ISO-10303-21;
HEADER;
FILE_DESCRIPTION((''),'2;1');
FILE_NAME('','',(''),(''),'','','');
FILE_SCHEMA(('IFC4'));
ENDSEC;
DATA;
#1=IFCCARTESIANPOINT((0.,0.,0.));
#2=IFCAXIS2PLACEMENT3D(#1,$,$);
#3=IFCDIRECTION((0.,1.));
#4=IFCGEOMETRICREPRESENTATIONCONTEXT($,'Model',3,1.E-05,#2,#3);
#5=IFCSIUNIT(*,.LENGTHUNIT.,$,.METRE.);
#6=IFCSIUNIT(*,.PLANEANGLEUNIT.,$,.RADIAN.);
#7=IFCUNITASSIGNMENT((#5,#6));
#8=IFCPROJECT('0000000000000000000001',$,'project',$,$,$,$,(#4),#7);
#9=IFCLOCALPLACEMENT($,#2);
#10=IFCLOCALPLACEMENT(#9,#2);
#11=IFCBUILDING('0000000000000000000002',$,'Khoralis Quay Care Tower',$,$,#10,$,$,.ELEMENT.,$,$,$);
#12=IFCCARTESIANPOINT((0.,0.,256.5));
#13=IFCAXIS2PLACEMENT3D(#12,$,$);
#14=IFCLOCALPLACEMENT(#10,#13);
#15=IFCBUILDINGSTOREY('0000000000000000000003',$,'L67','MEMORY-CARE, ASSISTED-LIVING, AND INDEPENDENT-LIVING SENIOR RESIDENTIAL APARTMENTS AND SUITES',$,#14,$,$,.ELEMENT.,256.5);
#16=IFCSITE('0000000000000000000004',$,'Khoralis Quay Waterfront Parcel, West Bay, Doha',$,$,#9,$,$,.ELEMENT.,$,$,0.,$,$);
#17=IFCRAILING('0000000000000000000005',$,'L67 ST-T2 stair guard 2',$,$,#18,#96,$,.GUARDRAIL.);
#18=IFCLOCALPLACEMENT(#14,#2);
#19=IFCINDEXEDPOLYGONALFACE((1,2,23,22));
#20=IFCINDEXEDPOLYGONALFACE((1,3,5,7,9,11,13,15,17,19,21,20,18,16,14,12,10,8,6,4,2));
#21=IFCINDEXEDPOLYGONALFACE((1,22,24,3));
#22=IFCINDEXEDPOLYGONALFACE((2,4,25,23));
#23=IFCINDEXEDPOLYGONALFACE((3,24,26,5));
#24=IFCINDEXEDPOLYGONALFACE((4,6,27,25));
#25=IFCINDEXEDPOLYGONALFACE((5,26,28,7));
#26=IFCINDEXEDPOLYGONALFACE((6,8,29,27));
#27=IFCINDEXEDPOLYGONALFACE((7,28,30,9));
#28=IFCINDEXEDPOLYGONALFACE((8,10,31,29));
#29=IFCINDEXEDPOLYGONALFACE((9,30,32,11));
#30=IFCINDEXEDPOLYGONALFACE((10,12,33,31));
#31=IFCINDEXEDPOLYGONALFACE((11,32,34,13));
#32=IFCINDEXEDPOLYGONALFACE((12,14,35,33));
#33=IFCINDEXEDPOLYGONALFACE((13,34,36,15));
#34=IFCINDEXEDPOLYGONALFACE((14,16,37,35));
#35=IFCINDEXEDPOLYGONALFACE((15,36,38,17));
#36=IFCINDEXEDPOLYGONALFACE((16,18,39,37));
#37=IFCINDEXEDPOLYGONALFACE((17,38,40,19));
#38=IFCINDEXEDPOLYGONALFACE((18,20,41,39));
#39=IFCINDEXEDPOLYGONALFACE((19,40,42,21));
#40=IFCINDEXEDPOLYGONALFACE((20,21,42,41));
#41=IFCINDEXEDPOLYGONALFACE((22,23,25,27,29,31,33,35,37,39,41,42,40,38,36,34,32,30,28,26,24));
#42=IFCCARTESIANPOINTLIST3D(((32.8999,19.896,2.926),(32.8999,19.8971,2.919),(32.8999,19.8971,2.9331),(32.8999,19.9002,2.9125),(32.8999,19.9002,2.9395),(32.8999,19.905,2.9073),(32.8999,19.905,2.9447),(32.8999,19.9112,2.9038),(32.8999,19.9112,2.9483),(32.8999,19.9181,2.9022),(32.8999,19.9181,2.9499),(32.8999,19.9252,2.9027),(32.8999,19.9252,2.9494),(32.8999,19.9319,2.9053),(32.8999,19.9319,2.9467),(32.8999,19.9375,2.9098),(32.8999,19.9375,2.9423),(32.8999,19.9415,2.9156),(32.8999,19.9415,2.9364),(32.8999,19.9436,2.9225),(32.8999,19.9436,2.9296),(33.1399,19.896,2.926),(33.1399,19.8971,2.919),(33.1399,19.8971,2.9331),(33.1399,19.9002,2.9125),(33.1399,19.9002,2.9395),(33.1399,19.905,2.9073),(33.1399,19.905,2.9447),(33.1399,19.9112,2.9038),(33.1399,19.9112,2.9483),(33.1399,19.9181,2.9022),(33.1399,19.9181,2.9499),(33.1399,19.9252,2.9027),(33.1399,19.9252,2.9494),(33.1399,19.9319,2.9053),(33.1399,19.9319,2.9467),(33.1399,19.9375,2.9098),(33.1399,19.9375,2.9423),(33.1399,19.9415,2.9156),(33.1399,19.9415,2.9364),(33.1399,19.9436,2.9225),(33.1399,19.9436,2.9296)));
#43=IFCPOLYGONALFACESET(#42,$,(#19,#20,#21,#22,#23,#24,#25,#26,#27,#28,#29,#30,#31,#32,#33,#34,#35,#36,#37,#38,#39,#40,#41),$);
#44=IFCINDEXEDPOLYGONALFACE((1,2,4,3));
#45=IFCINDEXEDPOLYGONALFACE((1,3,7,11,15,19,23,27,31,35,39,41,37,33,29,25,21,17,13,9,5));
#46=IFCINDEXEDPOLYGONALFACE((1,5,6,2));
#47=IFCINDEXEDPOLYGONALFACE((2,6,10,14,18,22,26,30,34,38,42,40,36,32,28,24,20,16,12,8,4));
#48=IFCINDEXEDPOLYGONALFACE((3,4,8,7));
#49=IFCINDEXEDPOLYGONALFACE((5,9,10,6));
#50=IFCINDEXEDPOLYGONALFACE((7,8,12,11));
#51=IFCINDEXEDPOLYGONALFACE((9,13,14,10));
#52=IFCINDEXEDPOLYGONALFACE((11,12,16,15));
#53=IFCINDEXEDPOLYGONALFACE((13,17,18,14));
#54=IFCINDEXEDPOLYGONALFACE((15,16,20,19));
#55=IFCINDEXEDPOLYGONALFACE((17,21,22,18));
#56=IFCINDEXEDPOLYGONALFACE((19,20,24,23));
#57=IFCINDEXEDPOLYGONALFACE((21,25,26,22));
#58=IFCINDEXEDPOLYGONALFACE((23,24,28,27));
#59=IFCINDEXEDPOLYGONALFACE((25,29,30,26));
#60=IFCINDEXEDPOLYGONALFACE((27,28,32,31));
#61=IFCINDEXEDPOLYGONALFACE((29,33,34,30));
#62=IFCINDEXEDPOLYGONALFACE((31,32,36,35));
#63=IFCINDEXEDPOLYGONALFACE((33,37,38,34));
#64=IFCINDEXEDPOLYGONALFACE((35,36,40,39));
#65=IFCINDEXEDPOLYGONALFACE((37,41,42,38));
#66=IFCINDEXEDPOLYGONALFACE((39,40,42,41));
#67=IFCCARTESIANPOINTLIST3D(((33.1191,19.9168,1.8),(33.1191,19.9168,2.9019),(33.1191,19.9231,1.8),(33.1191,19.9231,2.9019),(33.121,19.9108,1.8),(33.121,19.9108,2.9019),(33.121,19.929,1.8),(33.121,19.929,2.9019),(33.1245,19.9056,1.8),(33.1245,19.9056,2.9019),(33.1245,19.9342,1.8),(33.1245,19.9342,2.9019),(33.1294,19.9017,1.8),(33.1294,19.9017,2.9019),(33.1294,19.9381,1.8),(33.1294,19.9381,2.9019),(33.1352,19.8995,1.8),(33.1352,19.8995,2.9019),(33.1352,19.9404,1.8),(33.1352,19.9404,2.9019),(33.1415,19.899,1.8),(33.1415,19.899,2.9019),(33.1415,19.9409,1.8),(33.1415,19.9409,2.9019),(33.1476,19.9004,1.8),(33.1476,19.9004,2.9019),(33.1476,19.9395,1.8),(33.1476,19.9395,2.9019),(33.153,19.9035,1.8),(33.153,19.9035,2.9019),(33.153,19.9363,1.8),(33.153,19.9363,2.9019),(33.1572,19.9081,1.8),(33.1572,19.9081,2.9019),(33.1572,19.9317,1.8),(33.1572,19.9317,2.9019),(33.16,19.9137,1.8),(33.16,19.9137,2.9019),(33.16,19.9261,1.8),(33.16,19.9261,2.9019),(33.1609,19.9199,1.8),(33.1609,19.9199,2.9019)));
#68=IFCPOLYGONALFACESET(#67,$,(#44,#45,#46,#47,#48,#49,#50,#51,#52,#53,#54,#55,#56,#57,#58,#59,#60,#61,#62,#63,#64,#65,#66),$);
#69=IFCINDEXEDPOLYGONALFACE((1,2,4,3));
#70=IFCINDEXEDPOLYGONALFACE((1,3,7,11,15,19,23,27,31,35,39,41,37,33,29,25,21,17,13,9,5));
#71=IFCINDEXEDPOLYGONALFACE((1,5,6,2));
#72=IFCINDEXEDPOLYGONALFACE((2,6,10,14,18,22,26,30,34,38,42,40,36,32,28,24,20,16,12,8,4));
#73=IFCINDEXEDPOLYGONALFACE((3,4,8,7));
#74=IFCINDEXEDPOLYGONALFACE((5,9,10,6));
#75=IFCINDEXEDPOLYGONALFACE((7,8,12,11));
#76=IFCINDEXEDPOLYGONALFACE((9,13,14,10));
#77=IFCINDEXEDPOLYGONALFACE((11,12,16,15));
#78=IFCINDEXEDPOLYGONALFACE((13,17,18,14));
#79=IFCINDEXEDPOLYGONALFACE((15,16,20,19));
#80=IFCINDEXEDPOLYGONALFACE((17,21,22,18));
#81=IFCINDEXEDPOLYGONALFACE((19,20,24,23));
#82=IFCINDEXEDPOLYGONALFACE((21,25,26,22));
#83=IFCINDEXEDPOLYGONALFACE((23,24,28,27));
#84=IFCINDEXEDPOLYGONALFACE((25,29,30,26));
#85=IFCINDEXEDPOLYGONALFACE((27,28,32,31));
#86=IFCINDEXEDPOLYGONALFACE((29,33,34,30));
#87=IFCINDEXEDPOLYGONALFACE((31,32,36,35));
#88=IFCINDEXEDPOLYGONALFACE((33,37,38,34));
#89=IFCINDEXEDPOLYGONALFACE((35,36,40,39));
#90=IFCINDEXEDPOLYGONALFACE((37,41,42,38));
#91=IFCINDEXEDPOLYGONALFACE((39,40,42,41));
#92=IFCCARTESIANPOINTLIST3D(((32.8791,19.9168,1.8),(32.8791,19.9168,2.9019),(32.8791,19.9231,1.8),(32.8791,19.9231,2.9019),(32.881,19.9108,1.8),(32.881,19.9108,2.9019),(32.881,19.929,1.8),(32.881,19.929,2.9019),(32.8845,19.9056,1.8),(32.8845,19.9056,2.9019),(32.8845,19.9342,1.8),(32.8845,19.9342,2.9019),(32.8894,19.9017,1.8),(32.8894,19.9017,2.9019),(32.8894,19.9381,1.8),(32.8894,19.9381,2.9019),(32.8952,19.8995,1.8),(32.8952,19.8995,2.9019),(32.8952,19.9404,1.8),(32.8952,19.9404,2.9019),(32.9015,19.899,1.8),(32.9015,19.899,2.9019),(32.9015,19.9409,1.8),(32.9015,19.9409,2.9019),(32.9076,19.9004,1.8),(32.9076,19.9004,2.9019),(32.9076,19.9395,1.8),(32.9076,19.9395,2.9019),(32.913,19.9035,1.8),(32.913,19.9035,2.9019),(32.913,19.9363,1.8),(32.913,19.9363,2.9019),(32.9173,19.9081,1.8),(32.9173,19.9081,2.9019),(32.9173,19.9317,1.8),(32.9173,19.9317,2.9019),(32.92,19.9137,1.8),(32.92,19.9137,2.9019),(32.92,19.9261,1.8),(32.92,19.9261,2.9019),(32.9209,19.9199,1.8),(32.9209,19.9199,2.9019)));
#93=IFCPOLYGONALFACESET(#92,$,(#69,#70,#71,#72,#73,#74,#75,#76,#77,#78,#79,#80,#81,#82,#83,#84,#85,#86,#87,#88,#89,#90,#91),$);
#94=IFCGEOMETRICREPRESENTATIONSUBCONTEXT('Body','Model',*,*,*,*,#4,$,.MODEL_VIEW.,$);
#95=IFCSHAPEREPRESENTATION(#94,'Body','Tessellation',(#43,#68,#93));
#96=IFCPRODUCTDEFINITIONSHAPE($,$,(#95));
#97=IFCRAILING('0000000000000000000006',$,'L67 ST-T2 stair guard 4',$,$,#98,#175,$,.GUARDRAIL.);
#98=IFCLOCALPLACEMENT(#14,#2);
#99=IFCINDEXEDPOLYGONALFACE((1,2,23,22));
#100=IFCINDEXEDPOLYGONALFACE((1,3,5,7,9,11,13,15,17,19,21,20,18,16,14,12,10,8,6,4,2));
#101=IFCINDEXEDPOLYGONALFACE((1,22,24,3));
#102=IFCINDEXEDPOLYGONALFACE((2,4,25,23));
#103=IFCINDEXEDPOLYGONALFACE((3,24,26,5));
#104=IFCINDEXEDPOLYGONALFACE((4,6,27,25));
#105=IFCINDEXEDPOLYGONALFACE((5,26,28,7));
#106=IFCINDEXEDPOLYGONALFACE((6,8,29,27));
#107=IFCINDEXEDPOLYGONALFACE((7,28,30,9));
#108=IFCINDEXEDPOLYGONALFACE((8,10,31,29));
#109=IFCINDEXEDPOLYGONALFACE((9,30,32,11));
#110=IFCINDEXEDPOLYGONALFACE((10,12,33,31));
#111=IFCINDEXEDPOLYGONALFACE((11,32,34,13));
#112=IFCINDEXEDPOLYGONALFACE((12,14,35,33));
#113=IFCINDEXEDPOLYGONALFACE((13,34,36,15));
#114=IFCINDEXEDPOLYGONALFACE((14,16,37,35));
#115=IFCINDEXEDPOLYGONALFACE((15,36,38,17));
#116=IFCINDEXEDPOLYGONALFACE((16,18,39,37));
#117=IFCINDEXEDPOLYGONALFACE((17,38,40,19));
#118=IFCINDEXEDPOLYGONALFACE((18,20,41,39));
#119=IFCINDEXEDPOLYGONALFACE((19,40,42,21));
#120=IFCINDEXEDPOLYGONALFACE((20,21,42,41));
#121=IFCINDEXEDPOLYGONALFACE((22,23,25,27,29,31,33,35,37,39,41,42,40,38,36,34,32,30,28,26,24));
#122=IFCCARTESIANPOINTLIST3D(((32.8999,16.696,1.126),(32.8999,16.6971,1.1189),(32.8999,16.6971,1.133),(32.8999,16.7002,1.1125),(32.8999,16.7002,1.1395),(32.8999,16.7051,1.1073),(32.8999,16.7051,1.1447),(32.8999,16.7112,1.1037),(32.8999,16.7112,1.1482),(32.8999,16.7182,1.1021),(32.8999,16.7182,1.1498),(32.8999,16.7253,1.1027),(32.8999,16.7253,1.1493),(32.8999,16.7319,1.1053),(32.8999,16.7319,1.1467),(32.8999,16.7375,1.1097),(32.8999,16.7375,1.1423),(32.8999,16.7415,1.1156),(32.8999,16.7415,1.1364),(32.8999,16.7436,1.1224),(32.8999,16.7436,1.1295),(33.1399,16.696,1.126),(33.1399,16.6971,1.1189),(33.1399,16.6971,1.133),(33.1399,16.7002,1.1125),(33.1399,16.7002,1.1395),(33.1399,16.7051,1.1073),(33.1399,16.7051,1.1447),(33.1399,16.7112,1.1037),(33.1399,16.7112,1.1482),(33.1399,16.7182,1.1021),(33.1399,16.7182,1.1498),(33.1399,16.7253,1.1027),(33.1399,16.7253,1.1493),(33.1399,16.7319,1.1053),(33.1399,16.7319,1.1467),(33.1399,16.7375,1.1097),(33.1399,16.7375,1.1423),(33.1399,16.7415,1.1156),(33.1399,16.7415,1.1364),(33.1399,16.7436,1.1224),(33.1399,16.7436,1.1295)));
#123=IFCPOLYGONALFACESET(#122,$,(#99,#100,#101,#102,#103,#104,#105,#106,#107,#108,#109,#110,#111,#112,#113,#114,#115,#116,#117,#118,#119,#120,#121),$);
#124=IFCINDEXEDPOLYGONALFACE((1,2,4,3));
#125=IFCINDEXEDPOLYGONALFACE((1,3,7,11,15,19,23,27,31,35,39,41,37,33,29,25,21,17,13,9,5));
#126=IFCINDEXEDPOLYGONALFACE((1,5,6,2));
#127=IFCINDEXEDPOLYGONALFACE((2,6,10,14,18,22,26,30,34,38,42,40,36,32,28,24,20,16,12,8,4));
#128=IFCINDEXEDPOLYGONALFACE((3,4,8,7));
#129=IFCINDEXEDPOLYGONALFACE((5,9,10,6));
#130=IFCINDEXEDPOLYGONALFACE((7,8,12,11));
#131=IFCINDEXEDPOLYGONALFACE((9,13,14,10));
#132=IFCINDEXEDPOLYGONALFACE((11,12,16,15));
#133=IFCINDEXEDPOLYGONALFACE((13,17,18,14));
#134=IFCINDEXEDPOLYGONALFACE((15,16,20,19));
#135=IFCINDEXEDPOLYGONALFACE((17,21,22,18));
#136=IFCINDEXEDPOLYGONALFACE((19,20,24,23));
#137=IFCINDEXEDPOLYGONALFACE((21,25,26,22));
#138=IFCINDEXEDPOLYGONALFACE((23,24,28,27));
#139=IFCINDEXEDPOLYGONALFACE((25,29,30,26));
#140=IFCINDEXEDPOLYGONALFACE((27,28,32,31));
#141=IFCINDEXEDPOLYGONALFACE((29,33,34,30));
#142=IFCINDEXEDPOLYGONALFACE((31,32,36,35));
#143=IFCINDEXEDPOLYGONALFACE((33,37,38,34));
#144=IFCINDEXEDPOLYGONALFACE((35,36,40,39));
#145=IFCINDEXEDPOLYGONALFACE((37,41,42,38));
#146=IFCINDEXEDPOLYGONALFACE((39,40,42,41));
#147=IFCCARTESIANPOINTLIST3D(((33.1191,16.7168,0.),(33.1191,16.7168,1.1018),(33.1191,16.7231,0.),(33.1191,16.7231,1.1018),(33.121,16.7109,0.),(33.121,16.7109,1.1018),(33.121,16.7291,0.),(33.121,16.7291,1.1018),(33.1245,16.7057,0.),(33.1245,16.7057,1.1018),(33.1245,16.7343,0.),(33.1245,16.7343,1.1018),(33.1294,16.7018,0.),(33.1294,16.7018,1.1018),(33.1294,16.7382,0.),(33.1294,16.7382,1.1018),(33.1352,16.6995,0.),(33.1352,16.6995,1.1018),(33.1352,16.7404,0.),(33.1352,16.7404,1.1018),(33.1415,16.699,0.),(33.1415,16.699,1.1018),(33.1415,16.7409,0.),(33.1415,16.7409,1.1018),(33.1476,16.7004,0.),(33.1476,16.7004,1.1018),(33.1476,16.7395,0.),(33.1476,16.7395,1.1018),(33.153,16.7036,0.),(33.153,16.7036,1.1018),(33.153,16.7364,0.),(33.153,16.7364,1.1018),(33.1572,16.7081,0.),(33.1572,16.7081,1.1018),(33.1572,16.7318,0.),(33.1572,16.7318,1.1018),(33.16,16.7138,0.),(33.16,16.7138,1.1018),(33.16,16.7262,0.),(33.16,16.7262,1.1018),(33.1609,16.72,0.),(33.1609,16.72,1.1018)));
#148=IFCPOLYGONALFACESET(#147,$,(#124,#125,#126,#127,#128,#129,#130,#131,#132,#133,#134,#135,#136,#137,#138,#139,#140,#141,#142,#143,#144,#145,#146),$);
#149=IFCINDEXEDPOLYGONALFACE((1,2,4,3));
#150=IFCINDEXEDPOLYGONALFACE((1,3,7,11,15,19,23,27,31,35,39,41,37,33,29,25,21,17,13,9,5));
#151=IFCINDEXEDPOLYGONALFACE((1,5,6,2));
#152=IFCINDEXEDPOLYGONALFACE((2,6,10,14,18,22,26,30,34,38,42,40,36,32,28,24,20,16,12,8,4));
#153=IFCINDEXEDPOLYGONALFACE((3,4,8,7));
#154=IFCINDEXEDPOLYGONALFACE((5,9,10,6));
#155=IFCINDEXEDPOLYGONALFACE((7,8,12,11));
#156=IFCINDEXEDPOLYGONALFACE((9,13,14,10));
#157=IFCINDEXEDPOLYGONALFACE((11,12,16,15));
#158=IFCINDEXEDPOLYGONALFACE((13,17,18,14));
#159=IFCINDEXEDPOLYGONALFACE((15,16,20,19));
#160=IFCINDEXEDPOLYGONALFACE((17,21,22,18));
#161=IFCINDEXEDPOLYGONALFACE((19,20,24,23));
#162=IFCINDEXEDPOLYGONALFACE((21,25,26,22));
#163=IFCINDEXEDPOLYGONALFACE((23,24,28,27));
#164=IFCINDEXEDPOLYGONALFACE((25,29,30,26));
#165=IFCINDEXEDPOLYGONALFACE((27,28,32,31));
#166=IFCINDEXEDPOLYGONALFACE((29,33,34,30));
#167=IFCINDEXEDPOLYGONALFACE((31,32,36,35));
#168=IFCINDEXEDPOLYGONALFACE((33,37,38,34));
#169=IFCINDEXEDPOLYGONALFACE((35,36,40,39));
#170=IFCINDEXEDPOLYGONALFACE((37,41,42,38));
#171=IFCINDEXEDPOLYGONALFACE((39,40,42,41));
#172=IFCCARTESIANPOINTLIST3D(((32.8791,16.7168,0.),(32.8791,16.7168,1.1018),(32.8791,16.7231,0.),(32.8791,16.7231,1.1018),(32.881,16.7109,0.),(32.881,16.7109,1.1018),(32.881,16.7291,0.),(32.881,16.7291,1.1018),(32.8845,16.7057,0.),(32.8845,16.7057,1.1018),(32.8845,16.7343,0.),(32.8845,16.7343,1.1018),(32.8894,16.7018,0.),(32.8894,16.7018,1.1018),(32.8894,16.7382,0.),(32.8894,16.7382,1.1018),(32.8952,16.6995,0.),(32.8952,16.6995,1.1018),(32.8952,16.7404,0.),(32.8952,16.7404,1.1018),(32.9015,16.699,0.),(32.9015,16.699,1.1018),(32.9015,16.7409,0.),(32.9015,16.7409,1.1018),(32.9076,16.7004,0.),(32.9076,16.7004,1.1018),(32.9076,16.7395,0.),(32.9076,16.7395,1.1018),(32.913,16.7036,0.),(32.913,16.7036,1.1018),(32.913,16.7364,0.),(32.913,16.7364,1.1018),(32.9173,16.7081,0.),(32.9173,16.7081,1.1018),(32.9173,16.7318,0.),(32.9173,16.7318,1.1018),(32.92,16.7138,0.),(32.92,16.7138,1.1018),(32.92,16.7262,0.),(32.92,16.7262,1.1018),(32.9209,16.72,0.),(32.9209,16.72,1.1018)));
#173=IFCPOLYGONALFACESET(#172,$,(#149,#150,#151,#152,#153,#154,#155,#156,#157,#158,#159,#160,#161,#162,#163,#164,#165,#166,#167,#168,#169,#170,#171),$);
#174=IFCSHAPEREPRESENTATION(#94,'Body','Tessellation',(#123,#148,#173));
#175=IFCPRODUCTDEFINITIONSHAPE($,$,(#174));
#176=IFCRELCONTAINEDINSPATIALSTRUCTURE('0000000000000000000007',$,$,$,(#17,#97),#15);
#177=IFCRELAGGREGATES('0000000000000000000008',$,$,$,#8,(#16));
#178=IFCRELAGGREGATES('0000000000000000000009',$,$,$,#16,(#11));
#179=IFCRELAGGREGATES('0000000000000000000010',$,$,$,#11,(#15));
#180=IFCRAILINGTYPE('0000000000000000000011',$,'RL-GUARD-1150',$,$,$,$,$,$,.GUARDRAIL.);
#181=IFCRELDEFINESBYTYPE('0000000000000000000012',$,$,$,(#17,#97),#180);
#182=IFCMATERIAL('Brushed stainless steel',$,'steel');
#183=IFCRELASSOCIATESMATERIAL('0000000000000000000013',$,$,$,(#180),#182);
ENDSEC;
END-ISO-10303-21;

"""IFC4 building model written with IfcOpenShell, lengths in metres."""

from ifc_helpers import new_model, si_unit, direction, frame, origin, origin_2d, place, context, subcontext, project, spatial, circle, extrude, material, type_object, element, save


model = new_model("IFC4")

# Units and contexts
model_context = context("Model", 3, precision=1e-05, world=origin(), true_north=direction((0.0, 1.0)))
body_context = subcontext(model_context, "Body", "Model", "MODEL_VIEW")
ifc_project = project(units=[si_unit("LENGTHUNIT", "METRE"), si_unit("PLANEANGLEUNIT", "RADIAN")], contexts=[model_context])

# Site, building, storey
site_placement = place(None, origin())
site = spatial("IfcSite", under=ifc_project, at=site_placement, Name="Khoralis Quay Waterfront Parcel, West Bay, Doha", CompositionType="ELEMENT", RefElevation=0.0)
building_placement = place(site_placement, origin())
building = spatial("IfcBuilding", under=site, at=building_placement, Name="Khoralis Quay Care Tower", CompositionType="ELEMENT")
storey_placement = place(building_placement, frame((0.0, 0.0, 256.5)))
storey = spatial("IfcBuildingStorey", under=building, at=storey_placement, Name="L67", Description="MEMORY-CARE, ASSISTED-LIVING, AND INDEPENDENT-LIVING SENIOR RESIDENTIAL APARTMENTS AND SUITES", CompositionType="ELEMENT", Elevation=256.5)

# Railings
ifc_material_1 = material(Name="Brushed stainless steel", Category="steel")
railing_type_1 = type_object("IfcRailingType", Name="RL-GUARD-1150", PredefinedType="GUARDRAIL", material=ifc_material_1)
for number, where, name in (
    (1, (33.1399, 19.9199, 1.8), "L67 ST-T2 stair guard 2"),
    (2, (33.1399, 16.72, 0.0), "L67 ST-T2 stair guard 4"),
):
    element("IfcRailing", number, at=place(storey_placement, frame(where)), inside=storey, type_object=railing_type_1, Name=name, PredefinedType="GUARDRAIL", context=body_context, shape_type="SweptSolid", body=[
        extrude(circle(Radius=0.0239, at=origin_2d()), frame((0.0, 0.0, 1.126), z_axis=(-1.0, 0.0, 0.0), x_axis=(0.0, -1.0, 0.0)), (0.0, 0.0, 1.0), 0.24),
        extrude(circle(Radius=0.021, at=origin_2d()), origin(), (0.0, 0.0, 1.0), 1.1018),
        extrude(circle(Radius=0.021, at=origin_2d()), frame((-0.24, 0.0, 0.0)), (0.0, 0.0, 1.0), 1.1018),
    ])

save(model, "model.ifc")
